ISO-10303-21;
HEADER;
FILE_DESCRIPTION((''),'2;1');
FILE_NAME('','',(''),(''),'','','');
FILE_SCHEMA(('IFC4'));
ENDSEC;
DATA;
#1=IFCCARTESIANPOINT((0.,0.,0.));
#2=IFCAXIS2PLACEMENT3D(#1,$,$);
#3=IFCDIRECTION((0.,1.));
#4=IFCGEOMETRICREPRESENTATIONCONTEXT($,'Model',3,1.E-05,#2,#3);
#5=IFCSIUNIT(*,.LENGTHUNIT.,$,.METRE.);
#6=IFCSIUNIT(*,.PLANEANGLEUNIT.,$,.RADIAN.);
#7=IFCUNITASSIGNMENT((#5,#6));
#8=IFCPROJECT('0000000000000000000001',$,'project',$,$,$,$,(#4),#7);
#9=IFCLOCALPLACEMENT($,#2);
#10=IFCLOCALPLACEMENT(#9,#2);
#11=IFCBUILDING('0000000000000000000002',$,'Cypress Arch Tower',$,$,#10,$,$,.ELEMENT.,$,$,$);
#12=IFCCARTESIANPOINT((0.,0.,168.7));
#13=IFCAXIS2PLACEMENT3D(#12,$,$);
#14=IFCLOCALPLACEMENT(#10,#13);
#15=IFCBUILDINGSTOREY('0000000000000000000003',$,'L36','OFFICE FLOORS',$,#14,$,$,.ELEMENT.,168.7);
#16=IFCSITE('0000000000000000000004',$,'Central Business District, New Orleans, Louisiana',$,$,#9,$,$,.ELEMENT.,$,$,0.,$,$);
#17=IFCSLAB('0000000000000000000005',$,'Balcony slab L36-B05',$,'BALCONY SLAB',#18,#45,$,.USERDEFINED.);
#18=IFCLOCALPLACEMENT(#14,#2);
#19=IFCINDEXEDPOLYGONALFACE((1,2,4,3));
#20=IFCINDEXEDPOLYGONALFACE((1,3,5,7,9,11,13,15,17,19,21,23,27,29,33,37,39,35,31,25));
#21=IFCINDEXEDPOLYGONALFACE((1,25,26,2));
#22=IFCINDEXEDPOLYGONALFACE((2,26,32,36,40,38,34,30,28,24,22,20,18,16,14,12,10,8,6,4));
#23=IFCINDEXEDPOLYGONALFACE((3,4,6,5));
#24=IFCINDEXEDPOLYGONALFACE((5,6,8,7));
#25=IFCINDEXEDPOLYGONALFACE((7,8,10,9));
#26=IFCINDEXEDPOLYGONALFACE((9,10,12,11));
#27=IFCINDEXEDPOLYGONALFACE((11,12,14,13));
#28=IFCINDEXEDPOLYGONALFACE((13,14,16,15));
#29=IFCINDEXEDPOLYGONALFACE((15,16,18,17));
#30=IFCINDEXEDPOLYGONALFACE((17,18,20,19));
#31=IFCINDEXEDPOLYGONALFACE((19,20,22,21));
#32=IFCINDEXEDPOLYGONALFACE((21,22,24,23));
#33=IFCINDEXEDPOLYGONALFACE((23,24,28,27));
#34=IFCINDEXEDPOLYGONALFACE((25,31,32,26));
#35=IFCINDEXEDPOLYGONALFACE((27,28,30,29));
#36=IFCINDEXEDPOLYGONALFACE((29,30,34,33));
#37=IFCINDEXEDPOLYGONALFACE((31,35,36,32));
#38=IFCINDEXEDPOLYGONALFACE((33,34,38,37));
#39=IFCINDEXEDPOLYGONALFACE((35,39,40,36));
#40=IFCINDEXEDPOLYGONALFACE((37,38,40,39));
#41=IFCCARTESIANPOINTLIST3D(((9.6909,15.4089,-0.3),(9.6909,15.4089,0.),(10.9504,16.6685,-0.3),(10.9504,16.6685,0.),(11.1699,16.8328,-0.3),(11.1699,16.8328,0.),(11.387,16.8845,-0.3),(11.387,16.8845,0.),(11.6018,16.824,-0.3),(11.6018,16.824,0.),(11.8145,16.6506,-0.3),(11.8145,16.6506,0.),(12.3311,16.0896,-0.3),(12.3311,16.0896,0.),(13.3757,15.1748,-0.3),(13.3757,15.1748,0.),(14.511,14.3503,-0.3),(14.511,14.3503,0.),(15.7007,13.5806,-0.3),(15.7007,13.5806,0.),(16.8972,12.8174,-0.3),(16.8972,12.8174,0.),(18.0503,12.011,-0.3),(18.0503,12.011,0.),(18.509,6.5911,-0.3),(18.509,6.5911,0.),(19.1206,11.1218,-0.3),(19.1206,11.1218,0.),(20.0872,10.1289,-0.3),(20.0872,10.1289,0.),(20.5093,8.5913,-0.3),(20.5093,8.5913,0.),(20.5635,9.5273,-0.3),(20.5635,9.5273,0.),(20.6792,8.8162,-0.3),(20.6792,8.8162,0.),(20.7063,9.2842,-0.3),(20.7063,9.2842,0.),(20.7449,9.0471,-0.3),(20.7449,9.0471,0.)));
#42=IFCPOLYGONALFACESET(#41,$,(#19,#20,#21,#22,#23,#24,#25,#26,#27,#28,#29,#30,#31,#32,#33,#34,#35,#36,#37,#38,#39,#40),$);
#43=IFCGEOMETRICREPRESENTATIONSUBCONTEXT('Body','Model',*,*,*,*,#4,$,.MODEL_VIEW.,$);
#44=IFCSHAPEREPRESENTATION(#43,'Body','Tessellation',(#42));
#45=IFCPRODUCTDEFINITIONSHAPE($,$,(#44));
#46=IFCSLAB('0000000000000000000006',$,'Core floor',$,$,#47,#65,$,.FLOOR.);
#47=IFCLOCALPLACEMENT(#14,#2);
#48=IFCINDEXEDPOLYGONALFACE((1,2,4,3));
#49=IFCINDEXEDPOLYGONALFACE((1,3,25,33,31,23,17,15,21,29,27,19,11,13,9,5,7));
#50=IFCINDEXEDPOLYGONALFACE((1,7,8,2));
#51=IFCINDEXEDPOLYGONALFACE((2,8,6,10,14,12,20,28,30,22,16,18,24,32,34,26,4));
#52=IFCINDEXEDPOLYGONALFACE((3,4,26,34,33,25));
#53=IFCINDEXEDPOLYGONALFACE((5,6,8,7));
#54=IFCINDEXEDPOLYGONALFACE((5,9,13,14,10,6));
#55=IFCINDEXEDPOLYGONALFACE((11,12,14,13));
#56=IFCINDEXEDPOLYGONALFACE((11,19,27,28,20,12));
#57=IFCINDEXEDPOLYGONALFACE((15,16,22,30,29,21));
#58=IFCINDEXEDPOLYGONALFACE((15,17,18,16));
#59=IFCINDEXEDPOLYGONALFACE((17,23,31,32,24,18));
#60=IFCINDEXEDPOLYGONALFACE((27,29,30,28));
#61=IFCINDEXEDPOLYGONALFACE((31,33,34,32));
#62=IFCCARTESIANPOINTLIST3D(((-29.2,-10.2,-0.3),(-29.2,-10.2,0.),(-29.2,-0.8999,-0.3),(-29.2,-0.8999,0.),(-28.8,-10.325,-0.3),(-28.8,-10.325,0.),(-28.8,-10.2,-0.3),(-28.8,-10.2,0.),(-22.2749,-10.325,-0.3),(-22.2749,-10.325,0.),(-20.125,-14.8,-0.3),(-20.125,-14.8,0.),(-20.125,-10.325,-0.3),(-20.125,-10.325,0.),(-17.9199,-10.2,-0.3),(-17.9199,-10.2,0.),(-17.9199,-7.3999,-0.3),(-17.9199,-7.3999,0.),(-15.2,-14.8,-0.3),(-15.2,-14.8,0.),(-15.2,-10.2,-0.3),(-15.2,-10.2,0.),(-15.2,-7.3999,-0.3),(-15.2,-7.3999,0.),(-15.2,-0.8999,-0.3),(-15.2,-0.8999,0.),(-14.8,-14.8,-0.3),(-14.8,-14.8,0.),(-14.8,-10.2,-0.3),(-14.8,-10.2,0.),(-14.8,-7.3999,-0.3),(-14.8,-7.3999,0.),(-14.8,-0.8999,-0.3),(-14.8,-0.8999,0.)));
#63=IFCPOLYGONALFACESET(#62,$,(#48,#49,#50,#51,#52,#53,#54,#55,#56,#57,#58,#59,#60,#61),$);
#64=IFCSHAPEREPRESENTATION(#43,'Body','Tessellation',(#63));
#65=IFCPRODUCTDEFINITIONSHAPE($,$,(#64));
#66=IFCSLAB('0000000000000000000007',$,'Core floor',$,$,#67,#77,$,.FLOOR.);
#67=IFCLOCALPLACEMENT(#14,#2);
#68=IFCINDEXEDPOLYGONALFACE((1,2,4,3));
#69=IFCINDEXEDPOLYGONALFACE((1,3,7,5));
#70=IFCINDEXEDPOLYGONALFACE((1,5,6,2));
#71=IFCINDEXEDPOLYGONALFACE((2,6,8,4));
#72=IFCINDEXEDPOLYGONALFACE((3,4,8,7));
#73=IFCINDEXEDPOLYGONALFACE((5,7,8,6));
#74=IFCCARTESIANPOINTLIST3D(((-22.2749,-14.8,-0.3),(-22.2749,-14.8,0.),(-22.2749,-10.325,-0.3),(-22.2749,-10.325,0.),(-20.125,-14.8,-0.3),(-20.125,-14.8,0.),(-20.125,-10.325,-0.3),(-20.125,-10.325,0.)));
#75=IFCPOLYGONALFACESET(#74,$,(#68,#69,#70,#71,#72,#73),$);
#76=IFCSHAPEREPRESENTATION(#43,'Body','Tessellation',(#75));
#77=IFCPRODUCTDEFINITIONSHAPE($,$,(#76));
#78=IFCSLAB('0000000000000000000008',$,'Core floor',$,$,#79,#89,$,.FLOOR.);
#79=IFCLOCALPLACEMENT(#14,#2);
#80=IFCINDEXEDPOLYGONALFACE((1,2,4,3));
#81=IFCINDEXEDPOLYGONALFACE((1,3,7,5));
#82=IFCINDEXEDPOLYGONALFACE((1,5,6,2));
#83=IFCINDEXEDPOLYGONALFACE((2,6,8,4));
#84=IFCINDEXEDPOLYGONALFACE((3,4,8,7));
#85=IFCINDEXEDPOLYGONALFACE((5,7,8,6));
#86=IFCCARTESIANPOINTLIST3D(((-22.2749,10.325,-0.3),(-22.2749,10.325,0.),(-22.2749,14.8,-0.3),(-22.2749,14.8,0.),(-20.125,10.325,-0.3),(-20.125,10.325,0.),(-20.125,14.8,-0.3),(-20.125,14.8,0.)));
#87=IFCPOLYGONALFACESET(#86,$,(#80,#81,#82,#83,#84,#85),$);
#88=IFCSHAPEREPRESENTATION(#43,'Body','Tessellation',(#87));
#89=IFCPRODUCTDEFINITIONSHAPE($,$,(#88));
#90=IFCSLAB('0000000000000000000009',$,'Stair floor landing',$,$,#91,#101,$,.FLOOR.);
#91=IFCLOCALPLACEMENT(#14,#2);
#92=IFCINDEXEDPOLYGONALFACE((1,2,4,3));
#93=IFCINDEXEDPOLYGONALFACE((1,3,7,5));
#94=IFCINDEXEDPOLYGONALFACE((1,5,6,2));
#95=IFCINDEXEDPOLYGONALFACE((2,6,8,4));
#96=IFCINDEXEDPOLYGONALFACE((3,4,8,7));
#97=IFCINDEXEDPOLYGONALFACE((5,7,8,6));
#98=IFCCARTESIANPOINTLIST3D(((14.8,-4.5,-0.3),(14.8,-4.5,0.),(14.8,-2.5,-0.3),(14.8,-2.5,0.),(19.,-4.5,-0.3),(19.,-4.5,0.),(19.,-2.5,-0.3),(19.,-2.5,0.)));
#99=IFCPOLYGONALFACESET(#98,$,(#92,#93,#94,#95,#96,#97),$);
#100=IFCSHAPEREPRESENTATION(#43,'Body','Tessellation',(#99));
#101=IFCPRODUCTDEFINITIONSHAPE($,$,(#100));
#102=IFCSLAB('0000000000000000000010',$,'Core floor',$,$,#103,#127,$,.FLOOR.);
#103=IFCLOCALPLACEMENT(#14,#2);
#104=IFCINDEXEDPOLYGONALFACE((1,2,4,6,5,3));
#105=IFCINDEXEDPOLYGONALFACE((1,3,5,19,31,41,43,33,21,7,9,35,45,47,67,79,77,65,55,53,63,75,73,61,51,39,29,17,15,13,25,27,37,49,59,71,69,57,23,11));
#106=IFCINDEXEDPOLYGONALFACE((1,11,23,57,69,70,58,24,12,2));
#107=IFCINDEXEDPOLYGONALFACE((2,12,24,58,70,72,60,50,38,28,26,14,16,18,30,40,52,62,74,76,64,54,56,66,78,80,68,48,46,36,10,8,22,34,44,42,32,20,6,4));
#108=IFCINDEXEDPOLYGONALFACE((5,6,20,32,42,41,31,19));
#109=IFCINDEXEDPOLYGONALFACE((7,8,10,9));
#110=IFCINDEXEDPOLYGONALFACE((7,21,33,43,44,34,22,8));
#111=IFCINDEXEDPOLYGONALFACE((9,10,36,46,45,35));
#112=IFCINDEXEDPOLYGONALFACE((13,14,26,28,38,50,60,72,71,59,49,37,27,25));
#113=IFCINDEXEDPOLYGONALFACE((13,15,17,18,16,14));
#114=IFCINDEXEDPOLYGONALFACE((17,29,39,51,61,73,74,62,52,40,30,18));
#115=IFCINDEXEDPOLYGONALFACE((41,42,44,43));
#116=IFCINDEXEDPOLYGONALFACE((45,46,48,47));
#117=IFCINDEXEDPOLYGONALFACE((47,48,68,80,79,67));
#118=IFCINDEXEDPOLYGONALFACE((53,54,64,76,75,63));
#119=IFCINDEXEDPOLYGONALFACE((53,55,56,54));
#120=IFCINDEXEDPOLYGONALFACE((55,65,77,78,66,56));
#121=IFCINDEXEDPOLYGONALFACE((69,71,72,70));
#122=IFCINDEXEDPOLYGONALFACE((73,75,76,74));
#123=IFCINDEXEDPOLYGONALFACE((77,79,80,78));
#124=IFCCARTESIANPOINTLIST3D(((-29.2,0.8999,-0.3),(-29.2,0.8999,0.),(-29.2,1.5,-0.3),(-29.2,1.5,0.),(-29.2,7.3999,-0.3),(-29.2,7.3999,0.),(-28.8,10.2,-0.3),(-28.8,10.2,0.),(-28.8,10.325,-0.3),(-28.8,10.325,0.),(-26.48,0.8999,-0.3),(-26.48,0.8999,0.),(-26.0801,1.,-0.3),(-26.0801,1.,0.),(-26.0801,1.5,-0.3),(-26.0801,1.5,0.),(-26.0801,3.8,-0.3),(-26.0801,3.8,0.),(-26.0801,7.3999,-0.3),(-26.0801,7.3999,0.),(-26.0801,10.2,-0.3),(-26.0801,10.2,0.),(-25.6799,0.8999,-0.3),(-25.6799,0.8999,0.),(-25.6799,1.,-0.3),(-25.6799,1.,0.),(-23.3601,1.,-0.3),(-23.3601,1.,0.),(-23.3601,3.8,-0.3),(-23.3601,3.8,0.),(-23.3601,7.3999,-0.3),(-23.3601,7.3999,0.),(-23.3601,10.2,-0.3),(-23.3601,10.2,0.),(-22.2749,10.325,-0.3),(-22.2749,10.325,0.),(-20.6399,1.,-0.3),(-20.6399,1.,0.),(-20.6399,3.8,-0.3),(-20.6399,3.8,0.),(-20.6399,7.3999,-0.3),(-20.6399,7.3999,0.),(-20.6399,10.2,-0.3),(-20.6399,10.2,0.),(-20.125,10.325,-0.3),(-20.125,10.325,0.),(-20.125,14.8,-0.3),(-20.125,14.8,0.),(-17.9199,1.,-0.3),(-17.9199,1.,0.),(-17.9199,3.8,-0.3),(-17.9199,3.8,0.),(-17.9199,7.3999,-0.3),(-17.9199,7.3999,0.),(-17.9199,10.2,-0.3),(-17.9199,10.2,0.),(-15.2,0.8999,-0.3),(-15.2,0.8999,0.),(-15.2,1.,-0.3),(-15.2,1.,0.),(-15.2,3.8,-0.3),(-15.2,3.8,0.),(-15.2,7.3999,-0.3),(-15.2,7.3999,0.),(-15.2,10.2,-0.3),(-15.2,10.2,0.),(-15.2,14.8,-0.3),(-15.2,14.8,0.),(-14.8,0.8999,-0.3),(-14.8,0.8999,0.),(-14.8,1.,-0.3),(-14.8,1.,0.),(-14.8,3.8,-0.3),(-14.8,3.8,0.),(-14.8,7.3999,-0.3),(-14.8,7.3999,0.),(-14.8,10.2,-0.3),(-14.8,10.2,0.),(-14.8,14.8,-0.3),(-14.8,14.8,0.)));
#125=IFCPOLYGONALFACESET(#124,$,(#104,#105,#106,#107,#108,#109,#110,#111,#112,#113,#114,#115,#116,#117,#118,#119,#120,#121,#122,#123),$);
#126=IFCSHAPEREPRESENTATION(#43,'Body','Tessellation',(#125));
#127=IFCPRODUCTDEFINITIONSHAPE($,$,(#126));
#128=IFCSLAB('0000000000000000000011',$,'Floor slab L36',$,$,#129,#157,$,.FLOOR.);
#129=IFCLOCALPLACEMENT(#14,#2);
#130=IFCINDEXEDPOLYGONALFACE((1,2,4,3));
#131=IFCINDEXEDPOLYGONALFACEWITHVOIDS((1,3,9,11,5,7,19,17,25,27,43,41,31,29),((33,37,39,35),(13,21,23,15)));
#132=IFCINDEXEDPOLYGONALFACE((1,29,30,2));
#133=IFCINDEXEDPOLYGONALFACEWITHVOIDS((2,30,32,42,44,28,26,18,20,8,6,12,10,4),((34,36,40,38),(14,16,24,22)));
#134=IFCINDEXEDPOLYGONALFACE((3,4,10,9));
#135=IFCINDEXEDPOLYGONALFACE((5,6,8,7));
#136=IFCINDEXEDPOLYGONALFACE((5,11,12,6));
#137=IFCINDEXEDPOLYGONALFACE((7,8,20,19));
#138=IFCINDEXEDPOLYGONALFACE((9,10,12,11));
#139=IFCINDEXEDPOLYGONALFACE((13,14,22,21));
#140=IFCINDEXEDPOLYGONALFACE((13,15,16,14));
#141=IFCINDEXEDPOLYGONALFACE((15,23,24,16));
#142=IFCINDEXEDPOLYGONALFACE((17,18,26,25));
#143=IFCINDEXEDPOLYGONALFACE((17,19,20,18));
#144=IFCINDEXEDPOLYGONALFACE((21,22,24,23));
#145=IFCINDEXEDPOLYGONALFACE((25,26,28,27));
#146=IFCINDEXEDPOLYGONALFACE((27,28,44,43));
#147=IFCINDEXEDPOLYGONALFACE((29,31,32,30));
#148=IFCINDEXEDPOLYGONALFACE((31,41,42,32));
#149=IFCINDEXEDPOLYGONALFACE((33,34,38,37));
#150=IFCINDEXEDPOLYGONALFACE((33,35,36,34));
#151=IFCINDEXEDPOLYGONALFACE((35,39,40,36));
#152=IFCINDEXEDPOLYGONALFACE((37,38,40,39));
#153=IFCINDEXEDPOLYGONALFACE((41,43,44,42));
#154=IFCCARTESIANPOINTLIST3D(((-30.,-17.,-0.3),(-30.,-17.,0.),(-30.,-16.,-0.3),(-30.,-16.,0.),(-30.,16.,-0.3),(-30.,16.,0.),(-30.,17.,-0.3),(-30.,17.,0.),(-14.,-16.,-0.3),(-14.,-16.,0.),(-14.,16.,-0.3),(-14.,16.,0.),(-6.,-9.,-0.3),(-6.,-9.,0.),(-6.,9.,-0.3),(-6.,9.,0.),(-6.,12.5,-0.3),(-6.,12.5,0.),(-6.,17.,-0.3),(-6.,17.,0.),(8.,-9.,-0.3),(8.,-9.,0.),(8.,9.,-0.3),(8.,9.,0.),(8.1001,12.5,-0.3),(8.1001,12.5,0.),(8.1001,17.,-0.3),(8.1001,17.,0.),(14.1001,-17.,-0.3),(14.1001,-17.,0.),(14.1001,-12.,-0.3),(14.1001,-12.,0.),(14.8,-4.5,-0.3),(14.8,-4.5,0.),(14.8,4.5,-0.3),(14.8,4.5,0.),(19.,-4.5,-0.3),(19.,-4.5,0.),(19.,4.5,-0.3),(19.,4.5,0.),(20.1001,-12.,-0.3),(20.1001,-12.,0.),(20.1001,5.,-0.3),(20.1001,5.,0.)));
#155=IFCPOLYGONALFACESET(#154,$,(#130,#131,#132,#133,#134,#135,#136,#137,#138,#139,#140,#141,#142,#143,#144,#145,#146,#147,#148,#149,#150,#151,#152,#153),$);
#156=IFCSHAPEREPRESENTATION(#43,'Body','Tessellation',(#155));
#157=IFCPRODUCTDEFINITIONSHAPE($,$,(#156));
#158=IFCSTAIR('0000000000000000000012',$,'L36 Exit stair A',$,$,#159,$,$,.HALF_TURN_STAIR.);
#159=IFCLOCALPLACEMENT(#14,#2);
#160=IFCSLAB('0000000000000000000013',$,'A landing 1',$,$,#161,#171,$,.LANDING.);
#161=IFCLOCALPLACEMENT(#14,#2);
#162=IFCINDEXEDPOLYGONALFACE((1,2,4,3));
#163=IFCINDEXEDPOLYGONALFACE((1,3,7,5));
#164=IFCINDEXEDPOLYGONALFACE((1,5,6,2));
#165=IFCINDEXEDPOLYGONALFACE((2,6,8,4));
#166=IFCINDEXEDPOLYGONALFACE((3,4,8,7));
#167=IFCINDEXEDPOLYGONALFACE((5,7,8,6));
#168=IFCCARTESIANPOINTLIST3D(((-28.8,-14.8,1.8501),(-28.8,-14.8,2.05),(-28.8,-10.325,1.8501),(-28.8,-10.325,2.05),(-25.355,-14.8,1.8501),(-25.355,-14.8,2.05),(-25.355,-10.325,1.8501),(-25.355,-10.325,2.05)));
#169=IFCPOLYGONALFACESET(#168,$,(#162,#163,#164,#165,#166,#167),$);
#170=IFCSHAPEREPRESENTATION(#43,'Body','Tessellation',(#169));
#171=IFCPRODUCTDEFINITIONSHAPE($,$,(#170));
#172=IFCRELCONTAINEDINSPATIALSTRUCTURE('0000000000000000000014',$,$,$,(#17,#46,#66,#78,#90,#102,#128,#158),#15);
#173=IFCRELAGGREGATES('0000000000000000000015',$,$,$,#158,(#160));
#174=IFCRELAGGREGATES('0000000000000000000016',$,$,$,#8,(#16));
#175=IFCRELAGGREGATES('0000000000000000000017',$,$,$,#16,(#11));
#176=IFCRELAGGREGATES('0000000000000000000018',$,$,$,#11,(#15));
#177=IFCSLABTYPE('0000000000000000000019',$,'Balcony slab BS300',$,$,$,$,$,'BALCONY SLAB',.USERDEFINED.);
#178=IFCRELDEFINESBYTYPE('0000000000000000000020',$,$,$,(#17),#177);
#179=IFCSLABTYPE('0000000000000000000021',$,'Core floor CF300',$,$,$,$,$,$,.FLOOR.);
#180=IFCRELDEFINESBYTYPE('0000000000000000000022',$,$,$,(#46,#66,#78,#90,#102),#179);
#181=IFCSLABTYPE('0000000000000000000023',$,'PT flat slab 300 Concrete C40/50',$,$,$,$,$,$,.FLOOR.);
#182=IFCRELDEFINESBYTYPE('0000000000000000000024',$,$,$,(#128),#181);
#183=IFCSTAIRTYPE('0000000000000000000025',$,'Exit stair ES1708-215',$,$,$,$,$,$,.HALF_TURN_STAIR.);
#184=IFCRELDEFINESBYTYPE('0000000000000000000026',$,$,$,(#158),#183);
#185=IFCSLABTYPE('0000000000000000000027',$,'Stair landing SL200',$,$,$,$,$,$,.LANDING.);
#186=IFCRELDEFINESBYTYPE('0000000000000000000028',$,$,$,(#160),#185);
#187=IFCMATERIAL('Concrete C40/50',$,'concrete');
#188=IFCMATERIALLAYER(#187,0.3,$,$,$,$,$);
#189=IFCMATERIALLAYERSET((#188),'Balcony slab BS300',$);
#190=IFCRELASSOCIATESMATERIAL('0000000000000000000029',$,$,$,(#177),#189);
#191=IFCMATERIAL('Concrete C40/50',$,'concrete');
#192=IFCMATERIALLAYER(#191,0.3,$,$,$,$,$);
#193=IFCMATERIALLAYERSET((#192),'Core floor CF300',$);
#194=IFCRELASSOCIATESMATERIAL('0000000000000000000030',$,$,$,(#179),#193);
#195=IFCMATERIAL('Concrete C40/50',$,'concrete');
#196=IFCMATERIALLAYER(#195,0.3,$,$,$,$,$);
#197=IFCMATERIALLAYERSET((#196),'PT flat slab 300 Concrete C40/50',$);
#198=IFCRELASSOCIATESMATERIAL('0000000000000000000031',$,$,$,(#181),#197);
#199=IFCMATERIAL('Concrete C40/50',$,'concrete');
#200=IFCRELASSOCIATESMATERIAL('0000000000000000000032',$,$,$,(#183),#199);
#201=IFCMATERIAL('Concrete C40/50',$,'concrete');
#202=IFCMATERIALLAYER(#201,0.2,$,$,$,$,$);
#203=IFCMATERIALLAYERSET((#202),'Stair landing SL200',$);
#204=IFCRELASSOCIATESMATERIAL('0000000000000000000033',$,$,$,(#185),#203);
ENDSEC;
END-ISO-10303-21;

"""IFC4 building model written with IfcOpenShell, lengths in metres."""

from ifc_helpers import new_model, si_unit, direction, frame, origin, place, context, subcontext, project, spatial, polyline, outline, extrude, material, layer, layer_set, type_object, element, aggregate, save


model = new_model("IFC4")

# Units and contexts
model_context = context("Model", 3, precision=1e-05, world=origin(), true_north=direction((0.0, 1.0)))
body_context = subcontext(model_context, "Body", "Model", "MODEL_VIEW")
ifc_project = project(units=[si_unit("LENGTHUNIT", "METRE"), si_unit("PLANEANGLEUNIT", "RADIAN")], contexts=[model_context])

# Site, building, storey
site_placement = place(None, origin())
site = spatial("IfcSite", under=ifc_project, at=site_placement, Name="Central Business District, New Orleans, Louisiana", CompositionType="ELEMENT", RefElevation=0.0)
building_placement = place(site_placement, origin())
building = spatial("IfcBuilding", under=site, at=building_placement, Name="Cypress Arch Tower", CompositionType="ELEMENT")
storey_placement = place(building_placement, frame((0.0, 0.0, 168.7)))
storey = spatial("IfcBuildingStorey", under=building, at=storey_placement, Name="L36", Description="OFFICE FLOORS", CompositionType="ELEMENT", Elevation=168.7)

# Slabs
ifc_material_1 = material(Name="Concrete C40/50", Category="concrete")
ifc_layer_1 = layer(ifc_material_1, 0.3)
ifc_layer_set_1 = layer_set([ifc_layer_1], Name="Balcony slab BS300")
slab_type_1 = type_object("IfcSlabType", Name="Balcony slab BS300", ElementType="BALCONY SLAB", PredefinedType="USERDEFINED", material=ifc_layer_set_1)
slab_1_placement = place(storey_placement, frame((0.0, 0.0, -0.3)))
element("IfcSlab", 1, at=slab_1_placement, inside=storey, type_object=slab_type_1, Name="Balcony slab L36-B05", ObjectType="BALCONY SLAB", PredefinedType="USERDEFINED", context=body_context, shape_type="SweptSolid", body=[
    extrude(outline(polyline([(18.509, 6.5911), (20.5093, 8.5913), (20.6792, 8.8162), (20.7449, 9.0471), (20.7063, 9.2842), (20.5635, 9.5273), (20.0872, 10.1289), (19.1206, 11.1218), (18.0503, 12.011), (16.8972, 12.8174), (15.7007, 13.5806), (14.511, 14.3503), (13.3757, 15.1748), (12.3311, 16.0896), (11.8145, 16.6506), (11.6018, 16.824), (11.387, 16.8845), (11.1699, 16.8328), (10.9504, 16.6685), (9.6909, 15.4089), (18.509, 6.5911)])), origin(), (0.0, 0.0, 1.0), 0.3),
])
ifc_material_2 = material(Name="Concrete C40/50", Category="concrete")
ifc_layer_2 = layer(ifc_material_2, 0.3)
ifc_layer_set_2 = layer_set([ifc_layer_2], Name="Core floor CF300")
slab_type_2 = type_object("IfcSlabType", Name="Core floor CF300", PredefinedType="FLOOR", material=ifc_layer_set_2)
slab_2_placement = place(storey_placement, frame((0.0, 0.0, -0.3)))
element("IfcSlab", 2, at=slab_2_placement, inside=storey, type_object=slab_type_2, Name="Core floor", PredefinedType="FLOOR", context=body_context, shape_type="SweptSolid", body=[
    extrude(outline(polyline([(-28.8, -10.2), (-29.2, -10.2), (-29.2, -0.8999), (-15.2, -0.8999), (-14.8, -0.8999), (-14.8, -7.3999), (-15.2, -7.3999), (-17.9199, -7.3999), (-17.9199, -10.2), (-15.2, -10.2), (-14.8, -10.2), (-14.8, -14.8), (-15.2, -14.8), (-20.125, -14.8), (-20.125, -10.325), (-22.2749, -10.325), (-28.8, -10.325), (-28.8, -10.2)])), origin(), (0.0, 0.0, 1.0), 0.3),
])
slab_3_placement = place(storey_placement, frame((0.0, 0.0, -0.3)))
element("IfcSlab", 3, at=slab_3_placement, inside=storey, type_object=slab_type_2, Name="Core floor", PredefinedType="FLOOR", context=body_context, shape_type="SweptSolid", body=[
    extrude(outline(polyline([(-22.2749, -10.325), (-22.2749, -14.8), (-20.125, -14.8), (-20.125, -10.325), (-22.2749, -10.325)])), origin(), (0.0, 0.0, 1.0), 0.3),
])
slab_4_placement = place(storey_placement, frame((0.0, 0.0, -0.3)))
element("IfcSlab", 4, at=slab_4_placement, inside=storey, type_object=slab_type_2, Name="Core floor", PredefinedType="FLOOR", context=body_context, shape_type="SweptSolid", body=[
    extrude(outline(polyline([(-20.125, 14.8), (-22.2749, 14.8), (-22.2749, 10.325), (-20.125, 10.325), (-20.125, 14.8)])), origin(), (0.0, 0.0, 1.0), 0.3),
])
slab_5_placement = place(storey_placement, frame((0.0, 0.0, -0.3)))
element("IfcSlab", 5, at=slab_5_placement, inside=storey, type_object=slab_type_2, Name="Stair floor landing", PredefinedType="FLOOR", context=body_context, shape_type="SweptSolid", body=[
    extrude(outline(polyline([(19.0, -4.5), (19.0, -2.5), (14.8, -2.5), (14.8, -4.5), (19.0, -4.5)])), origin(), (0.0, 0.0, 1.0), 0.3),
])
slab_6_placement = place(storey_placement, frame((0.0, 0.0, -0.3)))
element("IfcSlab", 6, at=slab_6_placement, inside=storey, type_object=slab_type_2, Name="Core floor", PredefinedType="FLOOR", context=body_context, shape_type="SweptSolid", body=[
    extrude(outline(polyline([(-20.6399, 7.3999), (-20.6399, 10.2), (-23.3601, 10.2), (-26.0801, 10.2), (-28.8, 10.2), (-28.8, 10.325), (-22.2749, 10.325), (-20.125, 10.325), (-20.125, 14.8), (-15.2, 14.8), (-14.8, 14.8), (-14.8, 10.2), (-15.2, 10.2), (-17.9199, 10.2), (-17.9199, 7.3999), (-15.2, 7.3999), (-14.8, 7.3999), (-14.8, 3.8), (-15.2, 3.8), (-17.9199, 3.8), (-20.6399, 3.8), (-23.3601, 3.8), (-26.0801, 3.8), (-26.0801, 1.5), (-26.0801, 1.5), (-26.0801, 1.0), (-25.6799, 1.0), (-23.3601, 1.0), (-20.6399, 1.0), (-17.9199, 1.0), (-15.2, 1.0), (-14.8, 1.0), (-14.8, 0.8999), (-15.2, 0.8999), (-25.6799, 0.8999), (-26.48, 0.8999), (-29.2, 0.8999), (-29.2, 1.5), (-29.2, 7.3999), (-26.0801, 7.3999), (-23.3601, 7.3999), (-20.6399, 7.3999)])), origin(), (0.0, 0.0, 1.0), 0.3),
])
ifc_material_3 = material(Name="Concrete C40/50", Category="concrete")
ifc_layer_3 = layer(ifc_material_3, 0.3)
ifc_layer_set_3 = layer_set([ifc_layer_3], Name="PT flat slab 300 Concrete C40/50")
slab_type_3 = type_object("IfcSlabType", Name="PT flat slab 300 Concrete C40/50", PredefinedType="FLOOR", material=ifc_layer_set_3)
slab_7_placement = place(storey_placement, frame((0.0, 0.0, -0.3)))
element("IfcSlab", 7, at=slab_7_placement, inside=storey, type_object=slab_type_3, Name="Floor slab L36", PredefinedType="FLOOR", context=body_context, shape_type="SweptSolid", body=[
    extrude(outline(polyline([(-30.0, 17.0), (-6.0, 17.0), (-6.0, 12.5), (8.1001, 12.5), (8.1001, 17.0), (20.1001, 5.0), (20.1001, -12.0), (14.1001, -12.0), (14.1001, -17.0), (-30.0, -17.0), (-30.0, -16.0), (-14.0, -16.0), (-14.0, 16.0), (-30.0, 16.0), (-30.0, 17.0)]), holes=[polyline([(-6.0, -9.0), (8.0, -9.0), (8.0, 9.0), (-6.0, 9.0), (-6.0, -9.0)]), polyline([(14.8, -4.5), (19.0, -4.5), (19.0, 4.5), (14.8, 4.5), (14.8, -4.5)])]), origin(), (0.0, 0.0, 1.0), 0.3),
])

# Stair, slab
ifc_material_4 = material(Name="Concrete C40/50", Category="concrete")
stair_type_1 = type_object("IfcStairType", Name="Exit stair ES1708-215", PredefinedType="HALF_TURN_STAIR", material=ifc_material_4)
stair_1_placement = place(storey_placement, origin())
stair_1 = element("IfcStair", 8, at=stair_1_placement, inside=storey, type_object=stair_type_1, Name="L36 Exit stair A", PredefinedType="HALF_TURN_STAIR")
ifc_material_5 = material(Name="Concrete C40/50", Category="concrete")
ifc_layer_4 = layer(ifc_material_5, 0.2)
ifc_layer_set_4 = layer_set([ifc_layer_4], Name="Stair landing SL200")
slab_type_4 = type_object("IfcSlabType", Name="Stair landing SL200", PredefinedType="LANDING", material=ifc_layer_set_4)
slab_8_placement = place(storey_placement, frame((0.0, 0.0, 1.8501)))
slab_8 = element("IfcSlab", 9, at=slab_8_placement, type_object=slab_type_4, Name="A landing 1", PredefinedType="LANDING", context=body_context, shape_type="SweptSolid", body=[
    extrude(outline(polyline([(-25.355, -10.325), (-28.8, -10.325), (-28.8, -14.8), (-25.355, -14.8), (-25.355, -10.325)])), origin(), (0.0, 0.0, 1.0), 0.2),
])
aggregate(stair_1, [slab_8])

save(model, "model.ifc")
